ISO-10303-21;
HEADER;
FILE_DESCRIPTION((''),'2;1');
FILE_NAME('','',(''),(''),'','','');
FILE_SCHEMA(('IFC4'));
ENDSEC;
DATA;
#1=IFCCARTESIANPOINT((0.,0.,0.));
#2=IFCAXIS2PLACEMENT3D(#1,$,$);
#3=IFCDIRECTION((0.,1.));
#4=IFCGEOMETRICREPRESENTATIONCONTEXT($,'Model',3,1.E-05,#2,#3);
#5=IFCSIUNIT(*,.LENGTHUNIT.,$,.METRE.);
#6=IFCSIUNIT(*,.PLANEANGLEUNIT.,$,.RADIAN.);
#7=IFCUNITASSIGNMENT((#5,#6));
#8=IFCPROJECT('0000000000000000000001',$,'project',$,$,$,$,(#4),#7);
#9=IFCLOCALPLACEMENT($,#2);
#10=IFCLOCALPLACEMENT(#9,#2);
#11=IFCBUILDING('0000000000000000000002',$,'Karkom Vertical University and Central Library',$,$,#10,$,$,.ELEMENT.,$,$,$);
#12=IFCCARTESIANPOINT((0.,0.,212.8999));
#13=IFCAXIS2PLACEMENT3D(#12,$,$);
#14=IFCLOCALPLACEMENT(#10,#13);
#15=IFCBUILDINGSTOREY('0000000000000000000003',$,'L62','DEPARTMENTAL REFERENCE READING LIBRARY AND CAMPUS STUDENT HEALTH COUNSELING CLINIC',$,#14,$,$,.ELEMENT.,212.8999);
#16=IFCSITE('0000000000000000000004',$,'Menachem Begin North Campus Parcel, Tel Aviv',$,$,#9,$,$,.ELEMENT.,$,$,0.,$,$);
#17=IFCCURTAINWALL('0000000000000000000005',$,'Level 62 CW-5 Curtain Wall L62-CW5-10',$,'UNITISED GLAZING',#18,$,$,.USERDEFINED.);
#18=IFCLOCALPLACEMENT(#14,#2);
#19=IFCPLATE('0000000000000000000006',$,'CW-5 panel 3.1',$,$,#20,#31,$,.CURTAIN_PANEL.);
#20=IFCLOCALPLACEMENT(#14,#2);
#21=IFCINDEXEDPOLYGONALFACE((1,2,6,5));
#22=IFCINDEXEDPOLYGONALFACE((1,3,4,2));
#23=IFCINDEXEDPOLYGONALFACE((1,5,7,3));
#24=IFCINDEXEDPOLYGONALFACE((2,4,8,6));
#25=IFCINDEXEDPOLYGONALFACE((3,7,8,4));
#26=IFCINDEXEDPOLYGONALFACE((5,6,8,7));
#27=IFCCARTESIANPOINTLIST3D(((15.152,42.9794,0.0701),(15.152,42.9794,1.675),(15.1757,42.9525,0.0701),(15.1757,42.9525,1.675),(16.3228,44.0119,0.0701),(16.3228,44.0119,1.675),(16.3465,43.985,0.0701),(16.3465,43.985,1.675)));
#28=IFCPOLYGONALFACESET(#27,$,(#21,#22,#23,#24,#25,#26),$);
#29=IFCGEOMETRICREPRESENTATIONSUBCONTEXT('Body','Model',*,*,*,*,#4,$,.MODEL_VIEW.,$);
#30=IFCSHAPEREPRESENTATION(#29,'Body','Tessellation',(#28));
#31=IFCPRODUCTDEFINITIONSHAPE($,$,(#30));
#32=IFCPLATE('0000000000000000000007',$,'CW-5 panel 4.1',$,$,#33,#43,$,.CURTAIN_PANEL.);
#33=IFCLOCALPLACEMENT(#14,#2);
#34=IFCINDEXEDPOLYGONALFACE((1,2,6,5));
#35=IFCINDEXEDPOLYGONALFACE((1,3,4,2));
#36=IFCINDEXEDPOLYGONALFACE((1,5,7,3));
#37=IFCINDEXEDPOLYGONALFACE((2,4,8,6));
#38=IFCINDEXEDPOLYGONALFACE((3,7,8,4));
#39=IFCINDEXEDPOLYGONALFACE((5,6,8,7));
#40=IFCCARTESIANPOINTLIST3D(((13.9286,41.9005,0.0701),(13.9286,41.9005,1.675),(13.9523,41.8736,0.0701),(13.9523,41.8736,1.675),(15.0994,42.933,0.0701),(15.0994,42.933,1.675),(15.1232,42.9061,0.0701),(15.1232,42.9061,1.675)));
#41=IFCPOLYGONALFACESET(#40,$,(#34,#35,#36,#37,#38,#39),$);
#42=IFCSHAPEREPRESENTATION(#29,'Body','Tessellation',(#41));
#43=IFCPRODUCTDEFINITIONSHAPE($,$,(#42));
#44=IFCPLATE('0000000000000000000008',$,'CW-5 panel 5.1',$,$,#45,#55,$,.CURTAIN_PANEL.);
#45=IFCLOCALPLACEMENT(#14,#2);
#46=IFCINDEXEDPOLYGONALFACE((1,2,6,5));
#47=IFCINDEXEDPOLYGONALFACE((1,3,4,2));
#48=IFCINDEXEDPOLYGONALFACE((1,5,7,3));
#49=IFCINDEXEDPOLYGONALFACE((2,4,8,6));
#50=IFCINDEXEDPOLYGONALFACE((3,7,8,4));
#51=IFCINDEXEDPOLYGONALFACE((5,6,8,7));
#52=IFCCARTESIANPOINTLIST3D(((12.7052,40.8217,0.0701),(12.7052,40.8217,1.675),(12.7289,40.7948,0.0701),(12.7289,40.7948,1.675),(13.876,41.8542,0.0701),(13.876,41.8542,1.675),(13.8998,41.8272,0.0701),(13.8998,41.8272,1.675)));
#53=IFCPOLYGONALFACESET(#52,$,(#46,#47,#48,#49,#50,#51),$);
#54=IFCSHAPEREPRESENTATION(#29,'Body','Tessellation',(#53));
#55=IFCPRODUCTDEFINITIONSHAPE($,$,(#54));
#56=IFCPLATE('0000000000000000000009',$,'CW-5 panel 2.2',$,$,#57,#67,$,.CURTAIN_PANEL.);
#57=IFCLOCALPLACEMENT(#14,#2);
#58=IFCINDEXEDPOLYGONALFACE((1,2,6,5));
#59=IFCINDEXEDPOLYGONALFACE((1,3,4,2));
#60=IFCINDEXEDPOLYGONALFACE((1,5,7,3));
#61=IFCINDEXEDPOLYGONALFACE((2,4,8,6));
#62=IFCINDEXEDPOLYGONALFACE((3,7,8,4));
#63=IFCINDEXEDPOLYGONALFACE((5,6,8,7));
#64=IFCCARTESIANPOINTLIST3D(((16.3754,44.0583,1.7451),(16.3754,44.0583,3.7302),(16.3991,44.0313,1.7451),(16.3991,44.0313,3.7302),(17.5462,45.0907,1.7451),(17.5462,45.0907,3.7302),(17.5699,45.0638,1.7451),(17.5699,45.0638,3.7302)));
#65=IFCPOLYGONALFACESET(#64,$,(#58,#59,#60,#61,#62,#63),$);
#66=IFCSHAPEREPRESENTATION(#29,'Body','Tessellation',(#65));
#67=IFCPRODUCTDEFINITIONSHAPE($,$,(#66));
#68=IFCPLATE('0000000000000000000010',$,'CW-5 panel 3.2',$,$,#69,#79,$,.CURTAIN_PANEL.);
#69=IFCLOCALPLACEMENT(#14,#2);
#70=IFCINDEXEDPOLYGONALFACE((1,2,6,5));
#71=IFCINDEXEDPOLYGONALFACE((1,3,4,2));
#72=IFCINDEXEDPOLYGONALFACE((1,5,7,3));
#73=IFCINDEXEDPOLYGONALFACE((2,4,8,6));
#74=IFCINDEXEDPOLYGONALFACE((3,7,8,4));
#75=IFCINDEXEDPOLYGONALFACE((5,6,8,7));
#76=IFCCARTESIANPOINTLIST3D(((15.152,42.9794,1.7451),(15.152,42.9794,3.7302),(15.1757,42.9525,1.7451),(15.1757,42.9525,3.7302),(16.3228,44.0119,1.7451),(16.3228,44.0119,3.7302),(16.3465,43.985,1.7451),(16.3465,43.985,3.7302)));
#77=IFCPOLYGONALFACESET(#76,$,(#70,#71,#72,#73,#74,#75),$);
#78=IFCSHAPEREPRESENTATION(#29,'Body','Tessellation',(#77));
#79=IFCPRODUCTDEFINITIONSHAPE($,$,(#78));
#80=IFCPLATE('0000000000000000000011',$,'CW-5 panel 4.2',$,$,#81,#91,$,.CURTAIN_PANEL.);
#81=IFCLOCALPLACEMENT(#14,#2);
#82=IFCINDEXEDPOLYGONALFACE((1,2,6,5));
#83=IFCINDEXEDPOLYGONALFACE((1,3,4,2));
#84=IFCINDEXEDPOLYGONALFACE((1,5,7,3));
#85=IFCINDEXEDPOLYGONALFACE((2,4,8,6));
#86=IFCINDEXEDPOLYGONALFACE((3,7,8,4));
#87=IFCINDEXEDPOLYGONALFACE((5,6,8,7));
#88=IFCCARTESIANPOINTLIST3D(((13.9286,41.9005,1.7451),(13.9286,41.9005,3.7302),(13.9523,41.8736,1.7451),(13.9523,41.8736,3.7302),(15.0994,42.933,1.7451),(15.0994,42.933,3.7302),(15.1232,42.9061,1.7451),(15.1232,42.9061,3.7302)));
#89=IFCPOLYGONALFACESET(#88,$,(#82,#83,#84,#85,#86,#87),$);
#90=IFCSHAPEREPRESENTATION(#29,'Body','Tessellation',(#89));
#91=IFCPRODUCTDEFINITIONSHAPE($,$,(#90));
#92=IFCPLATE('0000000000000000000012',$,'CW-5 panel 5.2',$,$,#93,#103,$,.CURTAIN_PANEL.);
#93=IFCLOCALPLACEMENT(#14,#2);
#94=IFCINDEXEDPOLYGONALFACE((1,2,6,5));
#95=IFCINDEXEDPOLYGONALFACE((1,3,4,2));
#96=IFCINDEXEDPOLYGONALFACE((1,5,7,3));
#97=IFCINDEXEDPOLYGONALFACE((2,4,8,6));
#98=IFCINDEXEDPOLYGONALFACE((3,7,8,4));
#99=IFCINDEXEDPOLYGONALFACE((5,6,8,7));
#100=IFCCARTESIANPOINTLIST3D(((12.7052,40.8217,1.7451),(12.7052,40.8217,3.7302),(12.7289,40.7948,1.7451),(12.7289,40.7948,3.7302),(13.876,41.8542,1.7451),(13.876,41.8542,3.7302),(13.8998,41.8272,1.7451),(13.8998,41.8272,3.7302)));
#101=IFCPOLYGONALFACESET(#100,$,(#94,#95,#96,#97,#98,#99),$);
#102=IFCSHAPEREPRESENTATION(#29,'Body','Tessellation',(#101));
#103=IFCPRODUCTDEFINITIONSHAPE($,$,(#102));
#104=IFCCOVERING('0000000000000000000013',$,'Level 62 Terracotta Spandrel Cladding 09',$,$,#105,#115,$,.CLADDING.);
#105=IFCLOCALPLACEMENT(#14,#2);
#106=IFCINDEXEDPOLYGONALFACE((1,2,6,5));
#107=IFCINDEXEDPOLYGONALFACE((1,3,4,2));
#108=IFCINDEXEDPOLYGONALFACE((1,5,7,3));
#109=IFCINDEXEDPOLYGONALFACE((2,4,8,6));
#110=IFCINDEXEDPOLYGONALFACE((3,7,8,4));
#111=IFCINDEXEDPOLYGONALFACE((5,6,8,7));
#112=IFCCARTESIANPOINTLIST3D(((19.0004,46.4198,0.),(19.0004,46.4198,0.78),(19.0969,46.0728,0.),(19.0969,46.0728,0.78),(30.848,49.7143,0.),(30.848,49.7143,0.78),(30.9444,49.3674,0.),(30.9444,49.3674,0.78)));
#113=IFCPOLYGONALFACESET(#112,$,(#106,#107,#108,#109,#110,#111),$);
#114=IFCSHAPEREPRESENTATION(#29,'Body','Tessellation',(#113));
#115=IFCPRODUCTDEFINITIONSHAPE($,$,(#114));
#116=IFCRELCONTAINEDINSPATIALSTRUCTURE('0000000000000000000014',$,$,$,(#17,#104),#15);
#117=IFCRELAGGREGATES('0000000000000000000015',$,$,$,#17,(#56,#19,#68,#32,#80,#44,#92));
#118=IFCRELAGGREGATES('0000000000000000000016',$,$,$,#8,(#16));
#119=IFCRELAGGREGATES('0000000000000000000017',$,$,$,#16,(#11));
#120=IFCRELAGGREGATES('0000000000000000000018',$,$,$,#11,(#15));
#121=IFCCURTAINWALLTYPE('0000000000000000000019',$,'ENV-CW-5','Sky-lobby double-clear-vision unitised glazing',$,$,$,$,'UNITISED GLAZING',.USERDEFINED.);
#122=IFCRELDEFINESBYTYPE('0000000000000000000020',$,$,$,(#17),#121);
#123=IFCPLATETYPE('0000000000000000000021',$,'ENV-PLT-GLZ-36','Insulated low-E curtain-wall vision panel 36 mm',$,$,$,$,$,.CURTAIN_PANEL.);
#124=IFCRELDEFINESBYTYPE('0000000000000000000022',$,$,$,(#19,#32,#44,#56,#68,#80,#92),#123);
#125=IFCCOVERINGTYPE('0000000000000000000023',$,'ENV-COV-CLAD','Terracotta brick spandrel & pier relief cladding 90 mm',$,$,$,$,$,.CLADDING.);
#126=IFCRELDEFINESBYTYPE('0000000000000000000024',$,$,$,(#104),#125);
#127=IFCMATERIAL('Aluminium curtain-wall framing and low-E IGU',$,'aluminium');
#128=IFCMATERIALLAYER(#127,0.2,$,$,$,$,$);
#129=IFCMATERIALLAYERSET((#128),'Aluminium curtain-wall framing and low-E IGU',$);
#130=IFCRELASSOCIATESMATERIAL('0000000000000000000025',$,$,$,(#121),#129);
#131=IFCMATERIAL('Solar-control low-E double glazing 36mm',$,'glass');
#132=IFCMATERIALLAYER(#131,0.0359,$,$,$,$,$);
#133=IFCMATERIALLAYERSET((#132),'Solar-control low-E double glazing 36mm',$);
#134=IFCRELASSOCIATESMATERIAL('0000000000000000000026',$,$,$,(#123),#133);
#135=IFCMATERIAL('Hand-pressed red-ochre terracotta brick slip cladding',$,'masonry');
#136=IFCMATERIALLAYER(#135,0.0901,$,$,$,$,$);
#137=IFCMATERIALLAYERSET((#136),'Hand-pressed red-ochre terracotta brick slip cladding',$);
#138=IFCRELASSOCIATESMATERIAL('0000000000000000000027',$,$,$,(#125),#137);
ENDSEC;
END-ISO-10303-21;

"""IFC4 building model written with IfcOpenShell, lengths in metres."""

from ifc_helpers import new_model, si_unit, direction, frame, origin, origin_with_axes, origin_2d, place, context, subcontext, project, spatial, rectangle, extrude, source, transform, mapped, material, layer, layer_set, type_object, element, aggregate, save


model = new_model("IFC4")

# Units and contexts
model_context = context("Model", 3, precision=1e-05, world=origin(), true_north=direction((0.0, 1.0)))
body_context = subcontext(model_context, "Body", "Model", "MODEL_VIEW")
ifc_project = project(units=[si_unit("LENGTHUNIT", "METRE"), si_unit("PLANEANGLEUNIT", "RADIAN")], contexts=[model_context])

# Site, building, storey
site_placement = place(None, origin())
site = spatial("IfcSite", under=ifc_project, at=site_placement, Name="Menachem Begin North Campus Parcel, Tel Aviv", CompositionType="ELEMENT", RefElevation=0.0)
building_placement = place(site_placement, origin())
building = spatial("IfcBuilding", under=site, at=building_placement, Name="Karkom Vertical University and Central Library", CompositionType="ELEMENT")
storey_placement = place(building_placement, frame((0.0, 0.0, 212.8999)))
storey = spatial("IfcBuildingStorey", under=building, at=storey_placement, Name="L62", Description="DEPARTMENTAL REFERENCE READING LIBRARY AND CAMPUS STUDENT HEALTH COUNSELING CLINIC", CompositionType="ELEMENT", Elevation=212.8999)

# Curtain wall, plates
ifc_material_1 = material(Name="Aluminium curtain-wall framing and low-E IGU", Category="aluminium")
ifc_layer_1 = layer(ifc_material_1, 0.2)
ifc_layer_set_1 = layer_set([ifc_layer_1], Name="Aluminium curtain-wall framing and low-E IGU")
curtain_wall_type = type_object("IfcCurtainWallType", Name="ENV-CW-5", Description="Sky-lobby double-clear-vision unitised glazing", ElementType="UNITISED GLAZING", PredefinedType="USERDEFINED", material=ifc_layer_set_1)
curtain_wall_placement = place(storey_placement, origin())
curtain_wall = element("IfcCurtainWall", 1, at=curtain_wall_placement, inside=storey, type_object=curtain_wall_type, Name="Level 62 CW-5 Curtain Wall L62-CW5-10", ObjectType="UNITISED GLAZING", PredefinedType="USERDEFINED")
ifc_material_2 = material(Name="Solar-control low-E double glazing 36mm", Category="glass")
ifc_layer_2 = layer(ifc_material_2, 0.0359)
ifc_layer_set_2 = layer_set([ifc_layer_2], Name="Solar-control low-E double glazing 36mm")
plate_type = type_object("IfcPlateType", Name="ENV-PLT-GLZ-36", Description="Insulated low-E curtain-wall vision panel 36 mm", PredefinedType="CURTAIN_PANEL", material=ifc_layer_set_2)
shared_shape_1 = source(origin_with_axes(), body_context, "Body", "SweptSolid", [
    extrude(rectangle(XDim=1.561, YDim=0.0359, at=origin_2d()), origin(), (0.0, 0.0, 1.0), 1.605),
])
plate_1_placement = place(storey_placement, frame((15.7493, 43.4822, 0.0701), z_axis=(0.0, 0.0, 1.0), x_axis=(-0.750027, -0.661408, 0.0)))
plate_1 = element("IfcPlate", 2, at=plate_1_placement, type_object=plate_type, Name="CW-5 panel 3.1", PredefinedType="CURTAIN_PANEL", context=body_context, shape_type="MappedRepresentation", body=[
    mapped(shared_shape_1, transform((0.0, 0.0, 0.0), scale=1.0)),
])
plate_2_placement = place(storey_placement, frame((14.5259, 42.4033, 0.0701), z_axis=(0.0, 0.0, 1.0), x_axis=(-0.750027, -0.661408, 0.0)))
plate_2 = element("IfcPlate", 3, at=plate_2_placement, type_object=plate_type, Name="CW-5 panel 4.1", PredefinedType="CURTAIN_PANEL", context=body_context, shape_type="MappedRepresentation", body=[
    mapped(shared_shape_1, transform((0.0, 0.0, 0.0), scale=1.0)),
])
plate_3_placement = place(storey_placement, frame((13.3025, 41.3245, 0.0701), z_axis=(0.0, 0.0, 1.0), x_axis=(-0.750027, -0.661408, 0.0)))
plate_3 = element("IfcPlate", 4, at=plate_3_placement, type_object=plate_type, Name="CW-5 panel 5.1", PredefinedType="CURTAIN_PANEL", context=body_context, shape_type="MappedRepresentation", body=[
    mapped(shared_shape_1, transform((0.0, 0.0, 0.0), scale=1.0)),
])
shared_shape_2 = source(origin_with_axes(), body_context, "Body", "SweptSolid", [
    extrude(rectangle(XDim=1.561, YDim=0.0359, at=origin_2d()), origin(), (0.0, 0.0, 1.0), 1.9851),
])
plate_4_placement = place(storey_placement, frame((16.9727, 44.561, 1.7451), z_axis=(0.0, 0.0, 1.0), x_axis=(-0.750027, -0.661408, 0.0)))
plate_4 = element("IfcPlate", 5, at=plate_4_placement, type_object=plate_type, Name="CW-5 panel 2.2", PredefinedType="CURTAIN_PANEL", context=body_context, shape_type="MappedRepresentation", body=[
    mapped(shared_shape_2, transform((0.0, 0.0, 0.0), scale=1.0)),
])
plate_5_placement = place(storey_placement, frame((15.7493, 43.4822, 1.7451), z_axis=(0.0, 0.0, 1.0), x_axis=(-0.750027, -0.661408, 0.0)))
plate_5 = element("IfcPlate", 6, at=plate_5_placement, type_object=plate_type, Name="CW-5 panel 3.2", PredefinedType="CURTAIN_PANEL", context=body_context, shape_type="MappedRepresentation", body=[
    mapped(shared_shape_2, transform((0.0, 0.0, 0.0), scale=1.0)),
])
plate_6_placement = place(storey_placement, frame((14.5259, 42.4033, 1.7451), z_axis=(0.0, 0.0, 1.0), x_axis=(-0.750027, -0.661408, 0.0)))
plate_6 = element("IfcPlate", 7, at=plate_6_placement, type_object=plate_type, Name="CW-5 panel 4.2", PredefinedType="CURTAIN_PANEL", context=body_context, shape_type="MappedRepresentation", body=[
    mapped(shared_shape_2, transform((0.0, 0.0, 0.0), scale=1.0)),
])
plate_7_placement = place(storey_placement, frame((13.3025, 41.3245, 1.7451), z_axis=(0.0, 0.0, 1.0), x_axis=(-0.750027, -0.661408, 0.0)))
plate_7 = element("IfcPlate", 8, at=plate_7_placement, type_object=plate_type, Name="CW-5 panel 5.2", PredefinedType="CURTAIN_PANEL", context=body_context, shape_type="MappedRepresentation", body=[
    mapped(shared_shape_2, transform((0.0, 0.0, 0.0), scale=1.0)),
])
aggregate(curtain_wall, [plate_4, plate_1, plate_5, plate_2, plate_6, plate_3, plate_7])

# Covering
ifc_material_3 = material(Name="Hand-pressed red-ochre terracotta brick slip cladding", Category="masonry")
ifc_layer_3 = layer(ifc_material_3, 0.0901)
ifc_layer_set_3 = layer_set([ifc_layer_3], Name="Hand-pressed red-ochre terracotta brick slip cladding")
covering_type = type_object("IfcCoveringType", Name="ENV-COV-CLAD", Description="Terracotta brick spandrel & pier relief cladding 90 mm", PredefinedType="CLADDING", material=ifc_layer_set_3)
shared_shape_3 = source(origin_with_axes(), body_context, "Body", "SweptSolid", [
    extrude(rectangle(XDim=12.2971, YDim=0.3601, at=origin_2d()), origin(), (0.0, 0.0, 1.0), 0.78),
])
covering_placement = place(storey_placement, frame((24.9724, 47.8936, 0.0), z_axis=(0.0, 0.0, 1.0), x_axis=(-0.963444, -0.267911, 0.0)))
element("IfcCovering", 9, at=covering_placement, inside=storey, type_object=covering_type, Name="Level 62 Terracotta Spandrel Cladding 09", PredefinedType="CLADDING", context=body_context, shape_type="MappedRepresentation", body=[
    mapped(shared_shape_3, transform((0.0, 0.0, 0.0), scale=1.0)),
])

save(model, "model.ifc")
